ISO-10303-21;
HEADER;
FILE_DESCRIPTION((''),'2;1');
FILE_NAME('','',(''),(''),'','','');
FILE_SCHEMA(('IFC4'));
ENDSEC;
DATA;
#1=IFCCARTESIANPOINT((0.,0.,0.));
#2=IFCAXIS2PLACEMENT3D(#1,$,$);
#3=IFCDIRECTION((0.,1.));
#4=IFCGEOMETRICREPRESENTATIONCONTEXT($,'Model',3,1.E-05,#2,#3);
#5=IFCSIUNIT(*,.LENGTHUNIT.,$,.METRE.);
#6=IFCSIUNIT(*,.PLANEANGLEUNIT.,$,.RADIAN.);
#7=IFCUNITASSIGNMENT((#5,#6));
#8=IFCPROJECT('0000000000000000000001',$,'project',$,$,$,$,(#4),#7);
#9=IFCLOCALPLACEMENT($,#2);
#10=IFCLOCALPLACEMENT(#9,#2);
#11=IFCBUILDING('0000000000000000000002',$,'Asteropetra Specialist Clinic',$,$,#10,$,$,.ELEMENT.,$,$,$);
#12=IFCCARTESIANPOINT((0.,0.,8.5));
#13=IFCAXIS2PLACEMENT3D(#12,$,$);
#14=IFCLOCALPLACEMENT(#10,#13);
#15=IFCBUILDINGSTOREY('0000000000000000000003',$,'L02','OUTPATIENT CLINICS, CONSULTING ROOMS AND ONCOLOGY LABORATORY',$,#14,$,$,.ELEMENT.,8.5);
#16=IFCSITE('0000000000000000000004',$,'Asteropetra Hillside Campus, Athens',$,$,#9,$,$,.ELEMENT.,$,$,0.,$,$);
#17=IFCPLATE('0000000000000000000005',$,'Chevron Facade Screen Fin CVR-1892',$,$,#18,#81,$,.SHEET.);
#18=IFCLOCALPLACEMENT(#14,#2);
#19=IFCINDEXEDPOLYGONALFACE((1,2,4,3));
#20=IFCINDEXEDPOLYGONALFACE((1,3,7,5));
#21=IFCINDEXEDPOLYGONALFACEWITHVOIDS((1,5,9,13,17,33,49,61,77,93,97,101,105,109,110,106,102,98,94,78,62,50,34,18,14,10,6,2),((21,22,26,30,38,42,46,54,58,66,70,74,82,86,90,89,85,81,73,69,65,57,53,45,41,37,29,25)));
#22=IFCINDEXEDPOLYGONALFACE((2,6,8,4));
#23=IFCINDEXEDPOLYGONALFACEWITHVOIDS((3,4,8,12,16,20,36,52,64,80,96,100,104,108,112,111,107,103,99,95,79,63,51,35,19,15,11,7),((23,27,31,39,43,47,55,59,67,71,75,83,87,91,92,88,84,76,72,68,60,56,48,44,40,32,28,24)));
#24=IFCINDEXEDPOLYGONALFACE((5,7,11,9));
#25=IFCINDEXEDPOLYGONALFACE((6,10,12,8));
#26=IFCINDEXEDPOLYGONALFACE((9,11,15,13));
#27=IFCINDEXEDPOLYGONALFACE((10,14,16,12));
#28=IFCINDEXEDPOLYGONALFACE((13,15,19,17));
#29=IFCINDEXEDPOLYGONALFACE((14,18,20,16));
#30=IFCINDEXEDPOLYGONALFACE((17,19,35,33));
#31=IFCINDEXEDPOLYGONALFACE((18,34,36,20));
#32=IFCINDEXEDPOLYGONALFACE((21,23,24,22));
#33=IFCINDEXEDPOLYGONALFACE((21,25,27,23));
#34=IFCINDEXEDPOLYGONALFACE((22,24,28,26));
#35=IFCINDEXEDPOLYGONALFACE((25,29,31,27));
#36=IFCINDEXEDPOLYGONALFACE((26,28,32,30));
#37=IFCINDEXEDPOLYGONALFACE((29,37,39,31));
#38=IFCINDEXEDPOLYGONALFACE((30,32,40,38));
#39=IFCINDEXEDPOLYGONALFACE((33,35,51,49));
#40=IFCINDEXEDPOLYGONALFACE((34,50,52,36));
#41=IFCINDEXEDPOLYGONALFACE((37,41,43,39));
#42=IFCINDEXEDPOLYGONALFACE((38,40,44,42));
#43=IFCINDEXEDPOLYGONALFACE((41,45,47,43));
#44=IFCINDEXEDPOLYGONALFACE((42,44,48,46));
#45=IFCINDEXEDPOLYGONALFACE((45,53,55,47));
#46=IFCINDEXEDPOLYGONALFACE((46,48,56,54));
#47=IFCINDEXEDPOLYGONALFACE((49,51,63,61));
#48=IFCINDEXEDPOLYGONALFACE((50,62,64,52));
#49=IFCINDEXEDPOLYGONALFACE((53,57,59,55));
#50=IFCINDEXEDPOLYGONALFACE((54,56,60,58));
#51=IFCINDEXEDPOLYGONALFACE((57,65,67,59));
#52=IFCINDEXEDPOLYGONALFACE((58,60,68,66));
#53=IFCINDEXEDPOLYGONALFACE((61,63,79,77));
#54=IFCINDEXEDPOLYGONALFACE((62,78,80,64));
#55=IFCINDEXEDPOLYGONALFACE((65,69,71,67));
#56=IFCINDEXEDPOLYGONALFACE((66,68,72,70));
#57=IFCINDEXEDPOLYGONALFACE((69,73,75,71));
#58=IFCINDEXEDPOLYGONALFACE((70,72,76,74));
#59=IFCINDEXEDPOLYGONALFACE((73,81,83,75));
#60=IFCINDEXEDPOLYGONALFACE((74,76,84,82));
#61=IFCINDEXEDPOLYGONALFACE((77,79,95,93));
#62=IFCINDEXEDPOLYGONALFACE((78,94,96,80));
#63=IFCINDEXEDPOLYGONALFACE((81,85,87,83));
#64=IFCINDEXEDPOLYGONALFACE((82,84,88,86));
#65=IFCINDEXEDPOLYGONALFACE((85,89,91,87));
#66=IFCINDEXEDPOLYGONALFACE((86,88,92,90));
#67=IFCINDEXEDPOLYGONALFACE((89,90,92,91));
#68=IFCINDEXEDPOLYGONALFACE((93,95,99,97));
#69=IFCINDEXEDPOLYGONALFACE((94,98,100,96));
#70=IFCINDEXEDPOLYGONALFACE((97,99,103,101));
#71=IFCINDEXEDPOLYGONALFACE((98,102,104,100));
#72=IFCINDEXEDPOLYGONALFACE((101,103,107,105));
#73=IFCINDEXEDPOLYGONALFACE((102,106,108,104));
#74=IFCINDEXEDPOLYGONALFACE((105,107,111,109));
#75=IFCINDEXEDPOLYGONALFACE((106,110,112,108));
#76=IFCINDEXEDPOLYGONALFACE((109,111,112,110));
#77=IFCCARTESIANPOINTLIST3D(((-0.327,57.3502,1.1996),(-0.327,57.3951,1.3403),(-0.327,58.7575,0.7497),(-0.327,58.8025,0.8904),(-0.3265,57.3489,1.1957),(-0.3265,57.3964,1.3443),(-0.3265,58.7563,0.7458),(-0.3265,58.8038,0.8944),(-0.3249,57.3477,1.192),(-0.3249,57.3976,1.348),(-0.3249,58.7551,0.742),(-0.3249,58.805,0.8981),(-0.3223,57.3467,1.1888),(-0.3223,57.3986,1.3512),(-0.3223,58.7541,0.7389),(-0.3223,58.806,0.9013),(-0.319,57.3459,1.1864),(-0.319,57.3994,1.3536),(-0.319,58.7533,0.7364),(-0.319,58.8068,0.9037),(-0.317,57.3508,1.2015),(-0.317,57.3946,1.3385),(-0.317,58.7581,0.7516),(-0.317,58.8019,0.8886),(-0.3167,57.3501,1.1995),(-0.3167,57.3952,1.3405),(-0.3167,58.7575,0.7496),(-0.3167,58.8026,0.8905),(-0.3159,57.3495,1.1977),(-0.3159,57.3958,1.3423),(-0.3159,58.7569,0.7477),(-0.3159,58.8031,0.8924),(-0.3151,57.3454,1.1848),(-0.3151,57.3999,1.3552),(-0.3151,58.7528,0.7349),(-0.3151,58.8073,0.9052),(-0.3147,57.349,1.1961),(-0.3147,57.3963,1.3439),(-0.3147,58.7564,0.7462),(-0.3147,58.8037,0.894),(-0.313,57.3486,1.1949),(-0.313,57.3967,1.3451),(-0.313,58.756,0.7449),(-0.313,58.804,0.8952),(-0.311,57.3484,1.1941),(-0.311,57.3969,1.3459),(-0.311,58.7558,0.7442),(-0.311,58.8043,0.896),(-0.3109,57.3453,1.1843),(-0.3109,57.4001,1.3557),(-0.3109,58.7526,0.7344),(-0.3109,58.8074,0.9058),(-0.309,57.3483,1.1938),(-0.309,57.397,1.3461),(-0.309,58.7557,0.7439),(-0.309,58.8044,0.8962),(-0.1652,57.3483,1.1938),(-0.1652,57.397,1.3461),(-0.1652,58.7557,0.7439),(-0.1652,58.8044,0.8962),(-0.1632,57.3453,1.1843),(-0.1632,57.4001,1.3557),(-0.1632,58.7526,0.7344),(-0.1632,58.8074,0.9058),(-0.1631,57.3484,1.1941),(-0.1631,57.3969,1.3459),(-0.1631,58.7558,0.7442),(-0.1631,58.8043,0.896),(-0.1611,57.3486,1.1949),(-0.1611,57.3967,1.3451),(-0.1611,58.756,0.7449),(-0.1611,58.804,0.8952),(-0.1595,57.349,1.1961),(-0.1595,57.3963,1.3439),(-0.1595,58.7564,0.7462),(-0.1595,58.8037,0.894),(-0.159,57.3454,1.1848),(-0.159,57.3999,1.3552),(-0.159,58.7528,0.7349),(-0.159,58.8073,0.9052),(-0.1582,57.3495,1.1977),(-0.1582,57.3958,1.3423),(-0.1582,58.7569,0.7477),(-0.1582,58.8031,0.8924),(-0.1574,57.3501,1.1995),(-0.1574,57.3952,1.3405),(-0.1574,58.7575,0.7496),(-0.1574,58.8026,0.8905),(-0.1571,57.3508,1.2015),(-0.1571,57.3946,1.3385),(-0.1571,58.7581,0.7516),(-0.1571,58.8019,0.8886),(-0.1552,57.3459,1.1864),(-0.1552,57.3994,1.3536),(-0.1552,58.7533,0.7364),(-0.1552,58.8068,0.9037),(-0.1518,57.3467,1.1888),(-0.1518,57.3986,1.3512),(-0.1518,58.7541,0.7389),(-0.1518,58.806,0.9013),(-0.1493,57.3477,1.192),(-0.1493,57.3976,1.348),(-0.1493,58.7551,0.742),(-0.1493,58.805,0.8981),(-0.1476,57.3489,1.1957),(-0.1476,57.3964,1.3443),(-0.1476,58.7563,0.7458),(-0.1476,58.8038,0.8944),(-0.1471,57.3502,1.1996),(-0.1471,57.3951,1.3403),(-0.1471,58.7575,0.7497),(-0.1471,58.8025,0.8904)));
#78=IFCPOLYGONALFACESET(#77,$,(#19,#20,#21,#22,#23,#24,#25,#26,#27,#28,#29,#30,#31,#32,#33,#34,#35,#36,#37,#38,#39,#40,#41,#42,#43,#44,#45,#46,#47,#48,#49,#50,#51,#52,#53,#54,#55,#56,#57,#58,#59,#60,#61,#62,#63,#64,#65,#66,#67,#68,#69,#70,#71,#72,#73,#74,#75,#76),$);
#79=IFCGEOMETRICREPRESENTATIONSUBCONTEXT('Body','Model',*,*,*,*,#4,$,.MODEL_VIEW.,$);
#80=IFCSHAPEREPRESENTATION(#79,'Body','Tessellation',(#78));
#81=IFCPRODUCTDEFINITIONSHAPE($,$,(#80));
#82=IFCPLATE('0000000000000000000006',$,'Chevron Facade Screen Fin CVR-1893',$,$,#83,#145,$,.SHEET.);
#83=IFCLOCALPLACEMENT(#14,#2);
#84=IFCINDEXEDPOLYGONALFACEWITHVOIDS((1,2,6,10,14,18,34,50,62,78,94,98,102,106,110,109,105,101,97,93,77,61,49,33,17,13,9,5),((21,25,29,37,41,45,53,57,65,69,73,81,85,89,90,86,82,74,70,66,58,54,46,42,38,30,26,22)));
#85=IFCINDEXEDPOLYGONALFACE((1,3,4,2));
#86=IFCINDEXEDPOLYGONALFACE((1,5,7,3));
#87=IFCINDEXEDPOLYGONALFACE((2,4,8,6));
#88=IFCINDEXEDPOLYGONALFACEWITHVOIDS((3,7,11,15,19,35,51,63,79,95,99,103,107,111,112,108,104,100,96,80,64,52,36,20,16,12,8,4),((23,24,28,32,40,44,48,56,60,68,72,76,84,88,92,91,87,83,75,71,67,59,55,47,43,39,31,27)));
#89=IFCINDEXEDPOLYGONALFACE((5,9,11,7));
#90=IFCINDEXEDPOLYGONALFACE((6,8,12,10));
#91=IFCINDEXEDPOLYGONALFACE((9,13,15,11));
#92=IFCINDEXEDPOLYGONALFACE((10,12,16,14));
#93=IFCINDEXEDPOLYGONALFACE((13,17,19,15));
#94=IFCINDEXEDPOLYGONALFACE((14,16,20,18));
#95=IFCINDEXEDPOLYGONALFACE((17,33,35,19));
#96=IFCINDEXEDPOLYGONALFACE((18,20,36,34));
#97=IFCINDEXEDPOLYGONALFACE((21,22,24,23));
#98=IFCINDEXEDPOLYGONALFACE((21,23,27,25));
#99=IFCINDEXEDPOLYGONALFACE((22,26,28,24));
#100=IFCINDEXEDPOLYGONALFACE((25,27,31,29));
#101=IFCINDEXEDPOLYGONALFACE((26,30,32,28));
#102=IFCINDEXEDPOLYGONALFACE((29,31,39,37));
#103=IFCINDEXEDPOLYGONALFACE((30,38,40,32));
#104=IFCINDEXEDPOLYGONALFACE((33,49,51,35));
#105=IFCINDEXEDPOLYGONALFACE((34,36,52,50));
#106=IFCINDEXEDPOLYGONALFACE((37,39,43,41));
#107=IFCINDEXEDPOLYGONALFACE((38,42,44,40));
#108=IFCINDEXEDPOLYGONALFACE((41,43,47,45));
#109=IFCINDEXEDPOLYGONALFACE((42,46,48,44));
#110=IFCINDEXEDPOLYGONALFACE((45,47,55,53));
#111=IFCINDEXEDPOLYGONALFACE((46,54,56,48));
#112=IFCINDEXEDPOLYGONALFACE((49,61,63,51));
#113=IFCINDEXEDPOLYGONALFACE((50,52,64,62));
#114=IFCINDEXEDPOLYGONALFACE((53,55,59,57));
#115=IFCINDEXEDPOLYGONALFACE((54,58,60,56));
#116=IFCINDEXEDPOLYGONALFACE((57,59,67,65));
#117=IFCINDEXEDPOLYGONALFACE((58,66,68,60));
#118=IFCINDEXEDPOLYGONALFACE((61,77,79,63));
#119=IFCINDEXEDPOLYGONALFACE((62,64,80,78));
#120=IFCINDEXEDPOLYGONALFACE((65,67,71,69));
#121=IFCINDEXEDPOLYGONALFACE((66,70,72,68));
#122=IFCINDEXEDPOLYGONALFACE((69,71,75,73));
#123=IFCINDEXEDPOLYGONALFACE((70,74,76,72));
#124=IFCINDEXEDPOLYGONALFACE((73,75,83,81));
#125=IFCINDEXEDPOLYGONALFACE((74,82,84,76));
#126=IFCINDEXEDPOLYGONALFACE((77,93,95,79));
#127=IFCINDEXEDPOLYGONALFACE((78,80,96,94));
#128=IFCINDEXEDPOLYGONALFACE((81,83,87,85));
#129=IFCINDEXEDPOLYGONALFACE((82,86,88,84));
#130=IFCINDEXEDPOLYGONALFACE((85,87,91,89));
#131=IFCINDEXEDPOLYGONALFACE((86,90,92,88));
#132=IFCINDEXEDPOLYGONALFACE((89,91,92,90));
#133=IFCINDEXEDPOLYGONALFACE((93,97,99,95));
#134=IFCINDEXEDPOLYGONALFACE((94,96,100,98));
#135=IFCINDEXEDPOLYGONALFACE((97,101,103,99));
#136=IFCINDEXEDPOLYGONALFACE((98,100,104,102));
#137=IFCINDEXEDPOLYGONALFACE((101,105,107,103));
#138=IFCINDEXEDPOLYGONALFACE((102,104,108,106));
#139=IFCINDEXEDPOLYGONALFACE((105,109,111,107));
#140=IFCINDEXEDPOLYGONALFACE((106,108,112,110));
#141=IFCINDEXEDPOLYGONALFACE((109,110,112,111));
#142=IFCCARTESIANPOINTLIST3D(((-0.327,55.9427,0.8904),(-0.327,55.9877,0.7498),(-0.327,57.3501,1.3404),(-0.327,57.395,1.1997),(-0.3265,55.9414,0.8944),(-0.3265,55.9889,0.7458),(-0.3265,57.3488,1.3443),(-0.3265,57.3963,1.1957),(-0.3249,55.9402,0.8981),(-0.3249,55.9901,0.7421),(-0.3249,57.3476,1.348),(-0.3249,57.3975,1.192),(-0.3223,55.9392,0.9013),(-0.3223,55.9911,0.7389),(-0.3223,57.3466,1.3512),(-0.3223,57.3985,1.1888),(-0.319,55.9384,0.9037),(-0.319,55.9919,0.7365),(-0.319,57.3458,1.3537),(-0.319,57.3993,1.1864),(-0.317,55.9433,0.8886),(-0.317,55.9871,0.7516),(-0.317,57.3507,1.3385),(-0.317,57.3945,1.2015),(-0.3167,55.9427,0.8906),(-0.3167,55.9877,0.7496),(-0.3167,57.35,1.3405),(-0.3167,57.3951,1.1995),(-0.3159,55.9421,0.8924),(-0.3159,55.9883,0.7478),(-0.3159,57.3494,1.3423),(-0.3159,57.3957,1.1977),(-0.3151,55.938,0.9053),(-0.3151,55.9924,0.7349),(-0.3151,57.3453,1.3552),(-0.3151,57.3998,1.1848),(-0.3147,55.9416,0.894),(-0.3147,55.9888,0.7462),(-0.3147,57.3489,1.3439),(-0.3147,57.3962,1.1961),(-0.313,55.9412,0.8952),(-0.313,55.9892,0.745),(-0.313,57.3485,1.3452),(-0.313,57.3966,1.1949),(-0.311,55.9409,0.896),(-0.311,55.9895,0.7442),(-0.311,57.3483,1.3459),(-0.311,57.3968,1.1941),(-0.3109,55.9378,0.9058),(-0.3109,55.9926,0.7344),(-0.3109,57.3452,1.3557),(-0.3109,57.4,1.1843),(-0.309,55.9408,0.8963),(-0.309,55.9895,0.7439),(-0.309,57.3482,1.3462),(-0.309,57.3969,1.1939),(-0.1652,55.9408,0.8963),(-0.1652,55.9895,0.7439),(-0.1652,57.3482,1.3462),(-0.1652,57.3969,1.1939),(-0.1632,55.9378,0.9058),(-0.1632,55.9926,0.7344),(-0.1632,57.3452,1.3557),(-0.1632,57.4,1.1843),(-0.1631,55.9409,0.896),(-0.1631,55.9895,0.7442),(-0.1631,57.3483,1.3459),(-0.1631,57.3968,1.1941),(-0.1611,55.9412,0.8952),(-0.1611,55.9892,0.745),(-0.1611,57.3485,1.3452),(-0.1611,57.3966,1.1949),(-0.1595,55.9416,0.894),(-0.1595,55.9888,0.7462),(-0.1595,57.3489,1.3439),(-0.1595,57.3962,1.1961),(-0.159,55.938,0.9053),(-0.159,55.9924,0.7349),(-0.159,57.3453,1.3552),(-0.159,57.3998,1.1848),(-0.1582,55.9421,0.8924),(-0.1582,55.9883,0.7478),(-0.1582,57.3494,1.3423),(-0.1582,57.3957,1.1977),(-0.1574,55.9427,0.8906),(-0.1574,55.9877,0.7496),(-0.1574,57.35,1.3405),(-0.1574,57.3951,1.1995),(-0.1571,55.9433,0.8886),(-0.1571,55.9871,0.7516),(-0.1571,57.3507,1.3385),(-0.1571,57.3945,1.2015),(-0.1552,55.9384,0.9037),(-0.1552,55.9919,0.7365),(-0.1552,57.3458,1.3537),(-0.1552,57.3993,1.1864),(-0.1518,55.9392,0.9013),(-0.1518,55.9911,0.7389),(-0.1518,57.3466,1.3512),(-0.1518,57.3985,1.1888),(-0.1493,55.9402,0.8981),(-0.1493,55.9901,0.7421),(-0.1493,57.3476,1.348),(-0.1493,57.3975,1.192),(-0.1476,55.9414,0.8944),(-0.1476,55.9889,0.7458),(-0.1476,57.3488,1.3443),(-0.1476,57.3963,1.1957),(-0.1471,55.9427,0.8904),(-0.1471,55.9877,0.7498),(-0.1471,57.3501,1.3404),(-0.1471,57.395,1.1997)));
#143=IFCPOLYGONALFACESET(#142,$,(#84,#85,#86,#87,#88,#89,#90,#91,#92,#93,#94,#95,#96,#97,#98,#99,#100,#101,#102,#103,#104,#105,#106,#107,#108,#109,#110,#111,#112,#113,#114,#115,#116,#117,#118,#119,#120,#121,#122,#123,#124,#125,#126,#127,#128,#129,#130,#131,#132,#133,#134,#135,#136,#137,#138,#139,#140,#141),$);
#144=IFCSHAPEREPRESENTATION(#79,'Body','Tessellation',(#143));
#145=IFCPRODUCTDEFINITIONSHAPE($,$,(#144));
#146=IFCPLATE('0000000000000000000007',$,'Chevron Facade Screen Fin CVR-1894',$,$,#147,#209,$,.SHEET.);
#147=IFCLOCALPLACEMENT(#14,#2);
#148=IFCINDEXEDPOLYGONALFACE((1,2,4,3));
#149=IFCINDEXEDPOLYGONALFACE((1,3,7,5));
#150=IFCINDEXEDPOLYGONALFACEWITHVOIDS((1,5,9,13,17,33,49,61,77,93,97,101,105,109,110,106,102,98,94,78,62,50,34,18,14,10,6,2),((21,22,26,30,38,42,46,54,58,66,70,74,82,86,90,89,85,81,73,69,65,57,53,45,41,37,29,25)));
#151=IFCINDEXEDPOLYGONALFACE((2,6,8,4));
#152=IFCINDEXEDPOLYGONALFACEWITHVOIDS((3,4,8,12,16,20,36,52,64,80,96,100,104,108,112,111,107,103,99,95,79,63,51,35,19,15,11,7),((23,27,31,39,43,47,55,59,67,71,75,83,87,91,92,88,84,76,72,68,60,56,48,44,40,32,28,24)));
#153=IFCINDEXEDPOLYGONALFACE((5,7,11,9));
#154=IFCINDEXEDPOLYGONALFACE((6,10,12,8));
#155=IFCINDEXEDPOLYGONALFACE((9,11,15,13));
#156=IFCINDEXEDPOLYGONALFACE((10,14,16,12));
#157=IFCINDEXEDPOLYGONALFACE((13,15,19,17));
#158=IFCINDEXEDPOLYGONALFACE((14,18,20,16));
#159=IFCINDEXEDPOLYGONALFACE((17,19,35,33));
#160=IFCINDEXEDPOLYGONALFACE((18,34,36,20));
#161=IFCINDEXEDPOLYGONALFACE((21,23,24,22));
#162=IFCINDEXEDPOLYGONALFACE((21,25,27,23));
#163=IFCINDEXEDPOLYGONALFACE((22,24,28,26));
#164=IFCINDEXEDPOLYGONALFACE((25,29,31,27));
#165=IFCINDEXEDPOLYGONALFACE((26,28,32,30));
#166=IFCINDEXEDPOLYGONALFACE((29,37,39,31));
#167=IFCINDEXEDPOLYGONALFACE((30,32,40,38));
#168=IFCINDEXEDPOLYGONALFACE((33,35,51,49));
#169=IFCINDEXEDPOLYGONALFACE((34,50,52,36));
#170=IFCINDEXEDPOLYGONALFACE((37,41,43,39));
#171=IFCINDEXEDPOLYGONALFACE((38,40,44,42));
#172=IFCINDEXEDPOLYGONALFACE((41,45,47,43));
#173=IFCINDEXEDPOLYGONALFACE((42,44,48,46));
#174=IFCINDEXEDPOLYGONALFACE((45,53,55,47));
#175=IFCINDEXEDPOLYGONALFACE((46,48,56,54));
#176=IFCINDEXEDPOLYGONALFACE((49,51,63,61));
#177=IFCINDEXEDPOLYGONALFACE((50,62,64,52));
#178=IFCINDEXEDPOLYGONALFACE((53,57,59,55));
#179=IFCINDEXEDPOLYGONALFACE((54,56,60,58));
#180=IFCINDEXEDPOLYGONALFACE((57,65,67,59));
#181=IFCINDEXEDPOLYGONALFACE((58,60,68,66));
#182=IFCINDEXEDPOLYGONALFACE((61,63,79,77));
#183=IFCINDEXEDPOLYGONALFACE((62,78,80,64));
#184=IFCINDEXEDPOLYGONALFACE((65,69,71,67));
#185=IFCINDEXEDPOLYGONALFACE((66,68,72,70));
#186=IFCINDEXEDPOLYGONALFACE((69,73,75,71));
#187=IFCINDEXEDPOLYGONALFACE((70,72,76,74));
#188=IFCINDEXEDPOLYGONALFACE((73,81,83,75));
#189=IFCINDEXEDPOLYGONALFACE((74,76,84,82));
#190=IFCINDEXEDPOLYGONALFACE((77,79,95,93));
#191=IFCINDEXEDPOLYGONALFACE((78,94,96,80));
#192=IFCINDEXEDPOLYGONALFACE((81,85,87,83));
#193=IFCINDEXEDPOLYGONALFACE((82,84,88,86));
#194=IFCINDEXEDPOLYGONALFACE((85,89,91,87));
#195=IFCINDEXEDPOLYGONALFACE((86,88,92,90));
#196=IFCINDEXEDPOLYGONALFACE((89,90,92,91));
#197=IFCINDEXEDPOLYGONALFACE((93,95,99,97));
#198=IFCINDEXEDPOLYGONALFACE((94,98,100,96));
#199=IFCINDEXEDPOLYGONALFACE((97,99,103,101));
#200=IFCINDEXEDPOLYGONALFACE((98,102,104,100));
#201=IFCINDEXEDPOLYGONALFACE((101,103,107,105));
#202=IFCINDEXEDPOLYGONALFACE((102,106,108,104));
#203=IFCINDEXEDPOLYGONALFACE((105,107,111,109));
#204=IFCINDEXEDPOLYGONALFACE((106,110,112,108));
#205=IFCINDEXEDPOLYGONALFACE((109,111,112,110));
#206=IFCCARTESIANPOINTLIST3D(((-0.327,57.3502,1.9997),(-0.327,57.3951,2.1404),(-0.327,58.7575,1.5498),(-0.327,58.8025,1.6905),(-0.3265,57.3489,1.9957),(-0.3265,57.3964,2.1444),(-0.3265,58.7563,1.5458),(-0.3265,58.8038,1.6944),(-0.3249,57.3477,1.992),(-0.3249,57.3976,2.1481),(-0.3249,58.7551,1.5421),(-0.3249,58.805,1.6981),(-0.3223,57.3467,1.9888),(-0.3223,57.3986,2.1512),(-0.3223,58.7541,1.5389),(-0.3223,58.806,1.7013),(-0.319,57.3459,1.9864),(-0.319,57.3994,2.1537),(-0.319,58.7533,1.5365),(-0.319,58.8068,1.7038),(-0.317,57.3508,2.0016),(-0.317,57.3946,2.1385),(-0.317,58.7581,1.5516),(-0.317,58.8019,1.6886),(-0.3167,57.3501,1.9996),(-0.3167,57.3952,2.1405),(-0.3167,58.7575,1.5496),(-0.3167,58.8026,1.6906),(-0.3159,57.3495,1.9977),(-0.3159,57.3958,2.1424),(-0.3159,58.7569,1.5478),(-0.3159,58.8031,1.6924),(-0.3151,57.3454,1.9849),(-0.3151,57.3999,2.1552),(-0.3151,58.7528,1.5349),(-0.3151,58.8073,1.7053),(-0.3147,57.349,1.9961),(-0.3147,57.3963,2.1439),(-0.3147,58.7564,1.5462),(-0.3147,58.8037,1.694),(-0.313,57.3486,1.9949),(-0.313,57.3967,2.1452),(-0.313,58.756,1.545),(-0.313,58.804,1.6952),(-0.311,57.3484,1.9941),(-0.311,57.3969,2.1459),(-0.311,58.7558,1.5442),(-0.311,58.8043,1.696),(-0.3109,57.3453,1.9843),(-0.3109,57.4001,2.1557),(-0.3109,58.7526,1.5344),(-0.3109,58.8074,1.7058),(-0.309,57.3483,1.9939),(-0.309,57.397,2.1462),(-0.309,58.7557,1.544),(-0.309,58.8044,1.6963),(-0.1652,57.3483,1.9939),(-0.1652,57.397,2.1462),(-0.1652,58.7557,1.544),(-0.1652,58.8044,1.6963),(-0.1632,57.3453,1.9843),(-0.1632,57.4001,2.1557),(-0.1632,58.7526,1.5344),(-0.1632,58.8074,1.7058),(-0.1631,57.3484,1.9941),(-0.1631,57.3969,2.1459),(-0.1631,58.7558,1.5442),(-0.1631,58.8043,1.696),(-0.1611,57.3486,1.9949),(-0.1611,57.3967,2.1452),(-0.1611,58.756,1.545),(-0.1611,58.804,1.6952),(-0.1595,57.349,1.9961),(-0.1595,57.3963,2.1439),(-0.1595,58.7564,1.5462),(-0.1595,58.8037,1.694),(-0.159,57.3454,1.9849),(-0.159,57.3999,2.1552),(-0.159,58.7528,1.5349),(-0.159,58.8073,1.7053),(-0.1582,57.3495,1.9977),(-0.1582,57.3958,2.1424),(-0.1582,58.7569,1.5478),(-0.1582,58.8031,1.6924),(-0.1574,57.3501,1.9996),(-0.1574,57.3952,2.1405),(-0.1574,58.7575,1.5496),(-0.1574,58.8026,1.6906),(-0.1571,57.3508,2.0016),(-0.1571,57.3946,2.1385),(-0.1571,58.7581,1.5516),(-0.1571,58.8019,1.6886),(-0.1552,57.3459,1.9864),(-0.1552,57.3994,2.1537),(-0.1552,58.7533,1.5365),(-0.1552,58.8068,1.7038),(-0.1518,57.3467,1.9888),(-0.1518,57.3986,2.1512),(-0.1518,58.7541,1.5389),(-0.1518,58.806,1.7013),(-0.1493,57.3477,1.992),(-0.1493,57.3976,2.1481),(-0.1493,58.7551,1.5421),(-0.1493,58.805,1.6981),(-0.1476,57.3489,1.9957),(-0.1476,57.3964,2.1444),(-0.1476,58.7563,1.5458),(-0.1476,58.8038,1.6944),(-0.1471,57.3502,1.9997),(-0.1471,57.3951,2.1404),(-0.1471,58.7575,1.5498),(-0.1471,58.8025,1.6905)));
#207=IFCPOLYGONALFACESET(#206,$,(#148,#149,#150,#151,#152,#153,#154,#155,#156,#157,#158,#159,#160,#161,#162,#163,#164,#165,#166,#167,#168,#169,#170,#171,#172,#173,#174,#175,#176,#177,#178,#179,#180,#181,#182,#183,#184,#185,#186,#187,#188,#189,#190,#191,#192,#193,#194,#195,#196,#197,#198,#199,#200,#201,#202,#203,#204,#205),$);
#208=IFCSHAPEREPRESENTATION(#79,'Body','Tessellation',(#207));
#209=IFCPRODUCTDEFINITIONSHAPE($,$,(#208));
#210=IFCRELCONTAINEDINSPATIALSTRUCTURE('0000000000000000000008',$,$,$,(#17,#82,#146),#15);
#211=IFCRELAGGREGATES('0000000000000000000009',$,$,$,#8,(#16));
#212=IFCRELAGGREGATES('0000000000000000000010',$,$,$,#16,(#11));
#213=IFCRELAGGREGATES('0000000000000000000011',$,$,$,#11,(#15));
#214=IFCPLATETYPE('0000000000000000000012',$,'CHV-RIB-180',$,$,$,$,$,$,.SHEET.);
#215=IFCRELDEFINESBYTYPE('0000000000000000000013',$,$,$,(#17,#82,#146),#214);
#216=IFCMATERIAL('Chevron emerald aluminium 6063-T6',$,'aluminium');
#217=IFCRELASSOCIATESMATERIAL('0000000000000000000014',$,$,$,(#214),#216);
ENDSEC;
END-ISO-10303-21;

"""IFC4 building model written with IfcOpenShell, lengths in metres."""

from ifc_helpers import new_model, si_unit, direction, frame, origin, origin_2d, place, context, subcontext, project, spatial, hollow_rectangle, extrude, material, material_profile, profile_set, type_object, element, save


model = new_model("IFC4")

# Units and contexts
model_context = context("Model", 3, precision=1e-05, world=origin(), true_north=direction((0.0, 1.0)))
body_context = subcontext(model_context, "Body", "Model", "MODEL_VIEW")
ifc_project = project(units=[si_unit("LENGTHUNIT", "METRE"), si_unit("PLANEANGLEUNIT", "RADIAN")], contexts=[model_context])

# Site, building, storey
site_placement = place(None, origin())
site = spatial("IfcSite", under=ifc_project, at=site_placement, Name="Asteropetra Hillside Campus, Athens", CompositionType="ELEMENT", RefElevation=0.0)
building_placement = place(site_placement, origin())
building = spatial("IfcBuilding", under=site, at=building_placement, Name="Asteropetra Specialist Clinic", CompositionType="ELEMENT")
storey_placement = place(building_placement, frame((0.0, 0.0, 8.5)))
storey = spatial("IfcBuildingStorey", under=building, at=storey_placement, Name="L02", Description="OUTPATIENT CLINICS, CONSULTING ROOMS AND ONCOLOGY LABORATORY", CompositionType="ELEMENT", Elevation=8.5)

# Plates
ifc_material = material(Name="Chevron emerald aluminium 6063-T6", Category="aluminium")
ifc_material_profile = material_profile(ifc_material, hollow_rectangle(XDim=0.1799, YDim=0.1799, WallThickness=0.01, InnerFilletRadius=0.0081, OuterFilletRadius=0.0161, at=origin_2d()), Name="SHS 180x180x10.0")
ifc_profile_set = profile_set([ifc_material_profile], Name="Chevron emerald aluminium 6063-T6")
plate_type = type_object("IfcPlateType", Name="CHV-RIB-180", PredefinedType="SHEET", material=ifc_profile_set)
for number, where, z_axis, x_axis, name in (
    (1, (-0.2371, 58.78, 0.8201), (0.0, -0.95251, 0.304506), (1.0, 0.0, 0.0), "Chevron Facade Screen Fin CVR-1892"),
    (2, (-0.2371, 57.3726, 1.27), (0.0, -0.95251, -0.304506), (1.0, 0.0, 0.0), "Chevron Facade Screen Fin CVR-1893"),
    (3, (-0.2371, 58.78, 1.6201), (0.0, -0.95251, 0.304506), (1.0, 0.0, 0.0), "Chevron Facade Screen Fin CVR-1894"),
):
    element("IfcPlate", number, at=place(storey_placement, frame(where, z_axis=z_axis, x_axis=x_axis)), inside=storey, type_object=plate_type, Name=name, PredefinedType="SHEET", context=body_context, shape_type="SweptSolid", body=[
        extrude(hollow_rectangle(XDim=0.1799, YDim=0.1799, WallThickness=0.01, InnerFilletRadius=0.0081, OuterFilletRadius=0.0161, at=origin_2d()), origin(), (0.0, 0.0, 1.0), 1.4775),
    ])

save(model, "model.ifc")
